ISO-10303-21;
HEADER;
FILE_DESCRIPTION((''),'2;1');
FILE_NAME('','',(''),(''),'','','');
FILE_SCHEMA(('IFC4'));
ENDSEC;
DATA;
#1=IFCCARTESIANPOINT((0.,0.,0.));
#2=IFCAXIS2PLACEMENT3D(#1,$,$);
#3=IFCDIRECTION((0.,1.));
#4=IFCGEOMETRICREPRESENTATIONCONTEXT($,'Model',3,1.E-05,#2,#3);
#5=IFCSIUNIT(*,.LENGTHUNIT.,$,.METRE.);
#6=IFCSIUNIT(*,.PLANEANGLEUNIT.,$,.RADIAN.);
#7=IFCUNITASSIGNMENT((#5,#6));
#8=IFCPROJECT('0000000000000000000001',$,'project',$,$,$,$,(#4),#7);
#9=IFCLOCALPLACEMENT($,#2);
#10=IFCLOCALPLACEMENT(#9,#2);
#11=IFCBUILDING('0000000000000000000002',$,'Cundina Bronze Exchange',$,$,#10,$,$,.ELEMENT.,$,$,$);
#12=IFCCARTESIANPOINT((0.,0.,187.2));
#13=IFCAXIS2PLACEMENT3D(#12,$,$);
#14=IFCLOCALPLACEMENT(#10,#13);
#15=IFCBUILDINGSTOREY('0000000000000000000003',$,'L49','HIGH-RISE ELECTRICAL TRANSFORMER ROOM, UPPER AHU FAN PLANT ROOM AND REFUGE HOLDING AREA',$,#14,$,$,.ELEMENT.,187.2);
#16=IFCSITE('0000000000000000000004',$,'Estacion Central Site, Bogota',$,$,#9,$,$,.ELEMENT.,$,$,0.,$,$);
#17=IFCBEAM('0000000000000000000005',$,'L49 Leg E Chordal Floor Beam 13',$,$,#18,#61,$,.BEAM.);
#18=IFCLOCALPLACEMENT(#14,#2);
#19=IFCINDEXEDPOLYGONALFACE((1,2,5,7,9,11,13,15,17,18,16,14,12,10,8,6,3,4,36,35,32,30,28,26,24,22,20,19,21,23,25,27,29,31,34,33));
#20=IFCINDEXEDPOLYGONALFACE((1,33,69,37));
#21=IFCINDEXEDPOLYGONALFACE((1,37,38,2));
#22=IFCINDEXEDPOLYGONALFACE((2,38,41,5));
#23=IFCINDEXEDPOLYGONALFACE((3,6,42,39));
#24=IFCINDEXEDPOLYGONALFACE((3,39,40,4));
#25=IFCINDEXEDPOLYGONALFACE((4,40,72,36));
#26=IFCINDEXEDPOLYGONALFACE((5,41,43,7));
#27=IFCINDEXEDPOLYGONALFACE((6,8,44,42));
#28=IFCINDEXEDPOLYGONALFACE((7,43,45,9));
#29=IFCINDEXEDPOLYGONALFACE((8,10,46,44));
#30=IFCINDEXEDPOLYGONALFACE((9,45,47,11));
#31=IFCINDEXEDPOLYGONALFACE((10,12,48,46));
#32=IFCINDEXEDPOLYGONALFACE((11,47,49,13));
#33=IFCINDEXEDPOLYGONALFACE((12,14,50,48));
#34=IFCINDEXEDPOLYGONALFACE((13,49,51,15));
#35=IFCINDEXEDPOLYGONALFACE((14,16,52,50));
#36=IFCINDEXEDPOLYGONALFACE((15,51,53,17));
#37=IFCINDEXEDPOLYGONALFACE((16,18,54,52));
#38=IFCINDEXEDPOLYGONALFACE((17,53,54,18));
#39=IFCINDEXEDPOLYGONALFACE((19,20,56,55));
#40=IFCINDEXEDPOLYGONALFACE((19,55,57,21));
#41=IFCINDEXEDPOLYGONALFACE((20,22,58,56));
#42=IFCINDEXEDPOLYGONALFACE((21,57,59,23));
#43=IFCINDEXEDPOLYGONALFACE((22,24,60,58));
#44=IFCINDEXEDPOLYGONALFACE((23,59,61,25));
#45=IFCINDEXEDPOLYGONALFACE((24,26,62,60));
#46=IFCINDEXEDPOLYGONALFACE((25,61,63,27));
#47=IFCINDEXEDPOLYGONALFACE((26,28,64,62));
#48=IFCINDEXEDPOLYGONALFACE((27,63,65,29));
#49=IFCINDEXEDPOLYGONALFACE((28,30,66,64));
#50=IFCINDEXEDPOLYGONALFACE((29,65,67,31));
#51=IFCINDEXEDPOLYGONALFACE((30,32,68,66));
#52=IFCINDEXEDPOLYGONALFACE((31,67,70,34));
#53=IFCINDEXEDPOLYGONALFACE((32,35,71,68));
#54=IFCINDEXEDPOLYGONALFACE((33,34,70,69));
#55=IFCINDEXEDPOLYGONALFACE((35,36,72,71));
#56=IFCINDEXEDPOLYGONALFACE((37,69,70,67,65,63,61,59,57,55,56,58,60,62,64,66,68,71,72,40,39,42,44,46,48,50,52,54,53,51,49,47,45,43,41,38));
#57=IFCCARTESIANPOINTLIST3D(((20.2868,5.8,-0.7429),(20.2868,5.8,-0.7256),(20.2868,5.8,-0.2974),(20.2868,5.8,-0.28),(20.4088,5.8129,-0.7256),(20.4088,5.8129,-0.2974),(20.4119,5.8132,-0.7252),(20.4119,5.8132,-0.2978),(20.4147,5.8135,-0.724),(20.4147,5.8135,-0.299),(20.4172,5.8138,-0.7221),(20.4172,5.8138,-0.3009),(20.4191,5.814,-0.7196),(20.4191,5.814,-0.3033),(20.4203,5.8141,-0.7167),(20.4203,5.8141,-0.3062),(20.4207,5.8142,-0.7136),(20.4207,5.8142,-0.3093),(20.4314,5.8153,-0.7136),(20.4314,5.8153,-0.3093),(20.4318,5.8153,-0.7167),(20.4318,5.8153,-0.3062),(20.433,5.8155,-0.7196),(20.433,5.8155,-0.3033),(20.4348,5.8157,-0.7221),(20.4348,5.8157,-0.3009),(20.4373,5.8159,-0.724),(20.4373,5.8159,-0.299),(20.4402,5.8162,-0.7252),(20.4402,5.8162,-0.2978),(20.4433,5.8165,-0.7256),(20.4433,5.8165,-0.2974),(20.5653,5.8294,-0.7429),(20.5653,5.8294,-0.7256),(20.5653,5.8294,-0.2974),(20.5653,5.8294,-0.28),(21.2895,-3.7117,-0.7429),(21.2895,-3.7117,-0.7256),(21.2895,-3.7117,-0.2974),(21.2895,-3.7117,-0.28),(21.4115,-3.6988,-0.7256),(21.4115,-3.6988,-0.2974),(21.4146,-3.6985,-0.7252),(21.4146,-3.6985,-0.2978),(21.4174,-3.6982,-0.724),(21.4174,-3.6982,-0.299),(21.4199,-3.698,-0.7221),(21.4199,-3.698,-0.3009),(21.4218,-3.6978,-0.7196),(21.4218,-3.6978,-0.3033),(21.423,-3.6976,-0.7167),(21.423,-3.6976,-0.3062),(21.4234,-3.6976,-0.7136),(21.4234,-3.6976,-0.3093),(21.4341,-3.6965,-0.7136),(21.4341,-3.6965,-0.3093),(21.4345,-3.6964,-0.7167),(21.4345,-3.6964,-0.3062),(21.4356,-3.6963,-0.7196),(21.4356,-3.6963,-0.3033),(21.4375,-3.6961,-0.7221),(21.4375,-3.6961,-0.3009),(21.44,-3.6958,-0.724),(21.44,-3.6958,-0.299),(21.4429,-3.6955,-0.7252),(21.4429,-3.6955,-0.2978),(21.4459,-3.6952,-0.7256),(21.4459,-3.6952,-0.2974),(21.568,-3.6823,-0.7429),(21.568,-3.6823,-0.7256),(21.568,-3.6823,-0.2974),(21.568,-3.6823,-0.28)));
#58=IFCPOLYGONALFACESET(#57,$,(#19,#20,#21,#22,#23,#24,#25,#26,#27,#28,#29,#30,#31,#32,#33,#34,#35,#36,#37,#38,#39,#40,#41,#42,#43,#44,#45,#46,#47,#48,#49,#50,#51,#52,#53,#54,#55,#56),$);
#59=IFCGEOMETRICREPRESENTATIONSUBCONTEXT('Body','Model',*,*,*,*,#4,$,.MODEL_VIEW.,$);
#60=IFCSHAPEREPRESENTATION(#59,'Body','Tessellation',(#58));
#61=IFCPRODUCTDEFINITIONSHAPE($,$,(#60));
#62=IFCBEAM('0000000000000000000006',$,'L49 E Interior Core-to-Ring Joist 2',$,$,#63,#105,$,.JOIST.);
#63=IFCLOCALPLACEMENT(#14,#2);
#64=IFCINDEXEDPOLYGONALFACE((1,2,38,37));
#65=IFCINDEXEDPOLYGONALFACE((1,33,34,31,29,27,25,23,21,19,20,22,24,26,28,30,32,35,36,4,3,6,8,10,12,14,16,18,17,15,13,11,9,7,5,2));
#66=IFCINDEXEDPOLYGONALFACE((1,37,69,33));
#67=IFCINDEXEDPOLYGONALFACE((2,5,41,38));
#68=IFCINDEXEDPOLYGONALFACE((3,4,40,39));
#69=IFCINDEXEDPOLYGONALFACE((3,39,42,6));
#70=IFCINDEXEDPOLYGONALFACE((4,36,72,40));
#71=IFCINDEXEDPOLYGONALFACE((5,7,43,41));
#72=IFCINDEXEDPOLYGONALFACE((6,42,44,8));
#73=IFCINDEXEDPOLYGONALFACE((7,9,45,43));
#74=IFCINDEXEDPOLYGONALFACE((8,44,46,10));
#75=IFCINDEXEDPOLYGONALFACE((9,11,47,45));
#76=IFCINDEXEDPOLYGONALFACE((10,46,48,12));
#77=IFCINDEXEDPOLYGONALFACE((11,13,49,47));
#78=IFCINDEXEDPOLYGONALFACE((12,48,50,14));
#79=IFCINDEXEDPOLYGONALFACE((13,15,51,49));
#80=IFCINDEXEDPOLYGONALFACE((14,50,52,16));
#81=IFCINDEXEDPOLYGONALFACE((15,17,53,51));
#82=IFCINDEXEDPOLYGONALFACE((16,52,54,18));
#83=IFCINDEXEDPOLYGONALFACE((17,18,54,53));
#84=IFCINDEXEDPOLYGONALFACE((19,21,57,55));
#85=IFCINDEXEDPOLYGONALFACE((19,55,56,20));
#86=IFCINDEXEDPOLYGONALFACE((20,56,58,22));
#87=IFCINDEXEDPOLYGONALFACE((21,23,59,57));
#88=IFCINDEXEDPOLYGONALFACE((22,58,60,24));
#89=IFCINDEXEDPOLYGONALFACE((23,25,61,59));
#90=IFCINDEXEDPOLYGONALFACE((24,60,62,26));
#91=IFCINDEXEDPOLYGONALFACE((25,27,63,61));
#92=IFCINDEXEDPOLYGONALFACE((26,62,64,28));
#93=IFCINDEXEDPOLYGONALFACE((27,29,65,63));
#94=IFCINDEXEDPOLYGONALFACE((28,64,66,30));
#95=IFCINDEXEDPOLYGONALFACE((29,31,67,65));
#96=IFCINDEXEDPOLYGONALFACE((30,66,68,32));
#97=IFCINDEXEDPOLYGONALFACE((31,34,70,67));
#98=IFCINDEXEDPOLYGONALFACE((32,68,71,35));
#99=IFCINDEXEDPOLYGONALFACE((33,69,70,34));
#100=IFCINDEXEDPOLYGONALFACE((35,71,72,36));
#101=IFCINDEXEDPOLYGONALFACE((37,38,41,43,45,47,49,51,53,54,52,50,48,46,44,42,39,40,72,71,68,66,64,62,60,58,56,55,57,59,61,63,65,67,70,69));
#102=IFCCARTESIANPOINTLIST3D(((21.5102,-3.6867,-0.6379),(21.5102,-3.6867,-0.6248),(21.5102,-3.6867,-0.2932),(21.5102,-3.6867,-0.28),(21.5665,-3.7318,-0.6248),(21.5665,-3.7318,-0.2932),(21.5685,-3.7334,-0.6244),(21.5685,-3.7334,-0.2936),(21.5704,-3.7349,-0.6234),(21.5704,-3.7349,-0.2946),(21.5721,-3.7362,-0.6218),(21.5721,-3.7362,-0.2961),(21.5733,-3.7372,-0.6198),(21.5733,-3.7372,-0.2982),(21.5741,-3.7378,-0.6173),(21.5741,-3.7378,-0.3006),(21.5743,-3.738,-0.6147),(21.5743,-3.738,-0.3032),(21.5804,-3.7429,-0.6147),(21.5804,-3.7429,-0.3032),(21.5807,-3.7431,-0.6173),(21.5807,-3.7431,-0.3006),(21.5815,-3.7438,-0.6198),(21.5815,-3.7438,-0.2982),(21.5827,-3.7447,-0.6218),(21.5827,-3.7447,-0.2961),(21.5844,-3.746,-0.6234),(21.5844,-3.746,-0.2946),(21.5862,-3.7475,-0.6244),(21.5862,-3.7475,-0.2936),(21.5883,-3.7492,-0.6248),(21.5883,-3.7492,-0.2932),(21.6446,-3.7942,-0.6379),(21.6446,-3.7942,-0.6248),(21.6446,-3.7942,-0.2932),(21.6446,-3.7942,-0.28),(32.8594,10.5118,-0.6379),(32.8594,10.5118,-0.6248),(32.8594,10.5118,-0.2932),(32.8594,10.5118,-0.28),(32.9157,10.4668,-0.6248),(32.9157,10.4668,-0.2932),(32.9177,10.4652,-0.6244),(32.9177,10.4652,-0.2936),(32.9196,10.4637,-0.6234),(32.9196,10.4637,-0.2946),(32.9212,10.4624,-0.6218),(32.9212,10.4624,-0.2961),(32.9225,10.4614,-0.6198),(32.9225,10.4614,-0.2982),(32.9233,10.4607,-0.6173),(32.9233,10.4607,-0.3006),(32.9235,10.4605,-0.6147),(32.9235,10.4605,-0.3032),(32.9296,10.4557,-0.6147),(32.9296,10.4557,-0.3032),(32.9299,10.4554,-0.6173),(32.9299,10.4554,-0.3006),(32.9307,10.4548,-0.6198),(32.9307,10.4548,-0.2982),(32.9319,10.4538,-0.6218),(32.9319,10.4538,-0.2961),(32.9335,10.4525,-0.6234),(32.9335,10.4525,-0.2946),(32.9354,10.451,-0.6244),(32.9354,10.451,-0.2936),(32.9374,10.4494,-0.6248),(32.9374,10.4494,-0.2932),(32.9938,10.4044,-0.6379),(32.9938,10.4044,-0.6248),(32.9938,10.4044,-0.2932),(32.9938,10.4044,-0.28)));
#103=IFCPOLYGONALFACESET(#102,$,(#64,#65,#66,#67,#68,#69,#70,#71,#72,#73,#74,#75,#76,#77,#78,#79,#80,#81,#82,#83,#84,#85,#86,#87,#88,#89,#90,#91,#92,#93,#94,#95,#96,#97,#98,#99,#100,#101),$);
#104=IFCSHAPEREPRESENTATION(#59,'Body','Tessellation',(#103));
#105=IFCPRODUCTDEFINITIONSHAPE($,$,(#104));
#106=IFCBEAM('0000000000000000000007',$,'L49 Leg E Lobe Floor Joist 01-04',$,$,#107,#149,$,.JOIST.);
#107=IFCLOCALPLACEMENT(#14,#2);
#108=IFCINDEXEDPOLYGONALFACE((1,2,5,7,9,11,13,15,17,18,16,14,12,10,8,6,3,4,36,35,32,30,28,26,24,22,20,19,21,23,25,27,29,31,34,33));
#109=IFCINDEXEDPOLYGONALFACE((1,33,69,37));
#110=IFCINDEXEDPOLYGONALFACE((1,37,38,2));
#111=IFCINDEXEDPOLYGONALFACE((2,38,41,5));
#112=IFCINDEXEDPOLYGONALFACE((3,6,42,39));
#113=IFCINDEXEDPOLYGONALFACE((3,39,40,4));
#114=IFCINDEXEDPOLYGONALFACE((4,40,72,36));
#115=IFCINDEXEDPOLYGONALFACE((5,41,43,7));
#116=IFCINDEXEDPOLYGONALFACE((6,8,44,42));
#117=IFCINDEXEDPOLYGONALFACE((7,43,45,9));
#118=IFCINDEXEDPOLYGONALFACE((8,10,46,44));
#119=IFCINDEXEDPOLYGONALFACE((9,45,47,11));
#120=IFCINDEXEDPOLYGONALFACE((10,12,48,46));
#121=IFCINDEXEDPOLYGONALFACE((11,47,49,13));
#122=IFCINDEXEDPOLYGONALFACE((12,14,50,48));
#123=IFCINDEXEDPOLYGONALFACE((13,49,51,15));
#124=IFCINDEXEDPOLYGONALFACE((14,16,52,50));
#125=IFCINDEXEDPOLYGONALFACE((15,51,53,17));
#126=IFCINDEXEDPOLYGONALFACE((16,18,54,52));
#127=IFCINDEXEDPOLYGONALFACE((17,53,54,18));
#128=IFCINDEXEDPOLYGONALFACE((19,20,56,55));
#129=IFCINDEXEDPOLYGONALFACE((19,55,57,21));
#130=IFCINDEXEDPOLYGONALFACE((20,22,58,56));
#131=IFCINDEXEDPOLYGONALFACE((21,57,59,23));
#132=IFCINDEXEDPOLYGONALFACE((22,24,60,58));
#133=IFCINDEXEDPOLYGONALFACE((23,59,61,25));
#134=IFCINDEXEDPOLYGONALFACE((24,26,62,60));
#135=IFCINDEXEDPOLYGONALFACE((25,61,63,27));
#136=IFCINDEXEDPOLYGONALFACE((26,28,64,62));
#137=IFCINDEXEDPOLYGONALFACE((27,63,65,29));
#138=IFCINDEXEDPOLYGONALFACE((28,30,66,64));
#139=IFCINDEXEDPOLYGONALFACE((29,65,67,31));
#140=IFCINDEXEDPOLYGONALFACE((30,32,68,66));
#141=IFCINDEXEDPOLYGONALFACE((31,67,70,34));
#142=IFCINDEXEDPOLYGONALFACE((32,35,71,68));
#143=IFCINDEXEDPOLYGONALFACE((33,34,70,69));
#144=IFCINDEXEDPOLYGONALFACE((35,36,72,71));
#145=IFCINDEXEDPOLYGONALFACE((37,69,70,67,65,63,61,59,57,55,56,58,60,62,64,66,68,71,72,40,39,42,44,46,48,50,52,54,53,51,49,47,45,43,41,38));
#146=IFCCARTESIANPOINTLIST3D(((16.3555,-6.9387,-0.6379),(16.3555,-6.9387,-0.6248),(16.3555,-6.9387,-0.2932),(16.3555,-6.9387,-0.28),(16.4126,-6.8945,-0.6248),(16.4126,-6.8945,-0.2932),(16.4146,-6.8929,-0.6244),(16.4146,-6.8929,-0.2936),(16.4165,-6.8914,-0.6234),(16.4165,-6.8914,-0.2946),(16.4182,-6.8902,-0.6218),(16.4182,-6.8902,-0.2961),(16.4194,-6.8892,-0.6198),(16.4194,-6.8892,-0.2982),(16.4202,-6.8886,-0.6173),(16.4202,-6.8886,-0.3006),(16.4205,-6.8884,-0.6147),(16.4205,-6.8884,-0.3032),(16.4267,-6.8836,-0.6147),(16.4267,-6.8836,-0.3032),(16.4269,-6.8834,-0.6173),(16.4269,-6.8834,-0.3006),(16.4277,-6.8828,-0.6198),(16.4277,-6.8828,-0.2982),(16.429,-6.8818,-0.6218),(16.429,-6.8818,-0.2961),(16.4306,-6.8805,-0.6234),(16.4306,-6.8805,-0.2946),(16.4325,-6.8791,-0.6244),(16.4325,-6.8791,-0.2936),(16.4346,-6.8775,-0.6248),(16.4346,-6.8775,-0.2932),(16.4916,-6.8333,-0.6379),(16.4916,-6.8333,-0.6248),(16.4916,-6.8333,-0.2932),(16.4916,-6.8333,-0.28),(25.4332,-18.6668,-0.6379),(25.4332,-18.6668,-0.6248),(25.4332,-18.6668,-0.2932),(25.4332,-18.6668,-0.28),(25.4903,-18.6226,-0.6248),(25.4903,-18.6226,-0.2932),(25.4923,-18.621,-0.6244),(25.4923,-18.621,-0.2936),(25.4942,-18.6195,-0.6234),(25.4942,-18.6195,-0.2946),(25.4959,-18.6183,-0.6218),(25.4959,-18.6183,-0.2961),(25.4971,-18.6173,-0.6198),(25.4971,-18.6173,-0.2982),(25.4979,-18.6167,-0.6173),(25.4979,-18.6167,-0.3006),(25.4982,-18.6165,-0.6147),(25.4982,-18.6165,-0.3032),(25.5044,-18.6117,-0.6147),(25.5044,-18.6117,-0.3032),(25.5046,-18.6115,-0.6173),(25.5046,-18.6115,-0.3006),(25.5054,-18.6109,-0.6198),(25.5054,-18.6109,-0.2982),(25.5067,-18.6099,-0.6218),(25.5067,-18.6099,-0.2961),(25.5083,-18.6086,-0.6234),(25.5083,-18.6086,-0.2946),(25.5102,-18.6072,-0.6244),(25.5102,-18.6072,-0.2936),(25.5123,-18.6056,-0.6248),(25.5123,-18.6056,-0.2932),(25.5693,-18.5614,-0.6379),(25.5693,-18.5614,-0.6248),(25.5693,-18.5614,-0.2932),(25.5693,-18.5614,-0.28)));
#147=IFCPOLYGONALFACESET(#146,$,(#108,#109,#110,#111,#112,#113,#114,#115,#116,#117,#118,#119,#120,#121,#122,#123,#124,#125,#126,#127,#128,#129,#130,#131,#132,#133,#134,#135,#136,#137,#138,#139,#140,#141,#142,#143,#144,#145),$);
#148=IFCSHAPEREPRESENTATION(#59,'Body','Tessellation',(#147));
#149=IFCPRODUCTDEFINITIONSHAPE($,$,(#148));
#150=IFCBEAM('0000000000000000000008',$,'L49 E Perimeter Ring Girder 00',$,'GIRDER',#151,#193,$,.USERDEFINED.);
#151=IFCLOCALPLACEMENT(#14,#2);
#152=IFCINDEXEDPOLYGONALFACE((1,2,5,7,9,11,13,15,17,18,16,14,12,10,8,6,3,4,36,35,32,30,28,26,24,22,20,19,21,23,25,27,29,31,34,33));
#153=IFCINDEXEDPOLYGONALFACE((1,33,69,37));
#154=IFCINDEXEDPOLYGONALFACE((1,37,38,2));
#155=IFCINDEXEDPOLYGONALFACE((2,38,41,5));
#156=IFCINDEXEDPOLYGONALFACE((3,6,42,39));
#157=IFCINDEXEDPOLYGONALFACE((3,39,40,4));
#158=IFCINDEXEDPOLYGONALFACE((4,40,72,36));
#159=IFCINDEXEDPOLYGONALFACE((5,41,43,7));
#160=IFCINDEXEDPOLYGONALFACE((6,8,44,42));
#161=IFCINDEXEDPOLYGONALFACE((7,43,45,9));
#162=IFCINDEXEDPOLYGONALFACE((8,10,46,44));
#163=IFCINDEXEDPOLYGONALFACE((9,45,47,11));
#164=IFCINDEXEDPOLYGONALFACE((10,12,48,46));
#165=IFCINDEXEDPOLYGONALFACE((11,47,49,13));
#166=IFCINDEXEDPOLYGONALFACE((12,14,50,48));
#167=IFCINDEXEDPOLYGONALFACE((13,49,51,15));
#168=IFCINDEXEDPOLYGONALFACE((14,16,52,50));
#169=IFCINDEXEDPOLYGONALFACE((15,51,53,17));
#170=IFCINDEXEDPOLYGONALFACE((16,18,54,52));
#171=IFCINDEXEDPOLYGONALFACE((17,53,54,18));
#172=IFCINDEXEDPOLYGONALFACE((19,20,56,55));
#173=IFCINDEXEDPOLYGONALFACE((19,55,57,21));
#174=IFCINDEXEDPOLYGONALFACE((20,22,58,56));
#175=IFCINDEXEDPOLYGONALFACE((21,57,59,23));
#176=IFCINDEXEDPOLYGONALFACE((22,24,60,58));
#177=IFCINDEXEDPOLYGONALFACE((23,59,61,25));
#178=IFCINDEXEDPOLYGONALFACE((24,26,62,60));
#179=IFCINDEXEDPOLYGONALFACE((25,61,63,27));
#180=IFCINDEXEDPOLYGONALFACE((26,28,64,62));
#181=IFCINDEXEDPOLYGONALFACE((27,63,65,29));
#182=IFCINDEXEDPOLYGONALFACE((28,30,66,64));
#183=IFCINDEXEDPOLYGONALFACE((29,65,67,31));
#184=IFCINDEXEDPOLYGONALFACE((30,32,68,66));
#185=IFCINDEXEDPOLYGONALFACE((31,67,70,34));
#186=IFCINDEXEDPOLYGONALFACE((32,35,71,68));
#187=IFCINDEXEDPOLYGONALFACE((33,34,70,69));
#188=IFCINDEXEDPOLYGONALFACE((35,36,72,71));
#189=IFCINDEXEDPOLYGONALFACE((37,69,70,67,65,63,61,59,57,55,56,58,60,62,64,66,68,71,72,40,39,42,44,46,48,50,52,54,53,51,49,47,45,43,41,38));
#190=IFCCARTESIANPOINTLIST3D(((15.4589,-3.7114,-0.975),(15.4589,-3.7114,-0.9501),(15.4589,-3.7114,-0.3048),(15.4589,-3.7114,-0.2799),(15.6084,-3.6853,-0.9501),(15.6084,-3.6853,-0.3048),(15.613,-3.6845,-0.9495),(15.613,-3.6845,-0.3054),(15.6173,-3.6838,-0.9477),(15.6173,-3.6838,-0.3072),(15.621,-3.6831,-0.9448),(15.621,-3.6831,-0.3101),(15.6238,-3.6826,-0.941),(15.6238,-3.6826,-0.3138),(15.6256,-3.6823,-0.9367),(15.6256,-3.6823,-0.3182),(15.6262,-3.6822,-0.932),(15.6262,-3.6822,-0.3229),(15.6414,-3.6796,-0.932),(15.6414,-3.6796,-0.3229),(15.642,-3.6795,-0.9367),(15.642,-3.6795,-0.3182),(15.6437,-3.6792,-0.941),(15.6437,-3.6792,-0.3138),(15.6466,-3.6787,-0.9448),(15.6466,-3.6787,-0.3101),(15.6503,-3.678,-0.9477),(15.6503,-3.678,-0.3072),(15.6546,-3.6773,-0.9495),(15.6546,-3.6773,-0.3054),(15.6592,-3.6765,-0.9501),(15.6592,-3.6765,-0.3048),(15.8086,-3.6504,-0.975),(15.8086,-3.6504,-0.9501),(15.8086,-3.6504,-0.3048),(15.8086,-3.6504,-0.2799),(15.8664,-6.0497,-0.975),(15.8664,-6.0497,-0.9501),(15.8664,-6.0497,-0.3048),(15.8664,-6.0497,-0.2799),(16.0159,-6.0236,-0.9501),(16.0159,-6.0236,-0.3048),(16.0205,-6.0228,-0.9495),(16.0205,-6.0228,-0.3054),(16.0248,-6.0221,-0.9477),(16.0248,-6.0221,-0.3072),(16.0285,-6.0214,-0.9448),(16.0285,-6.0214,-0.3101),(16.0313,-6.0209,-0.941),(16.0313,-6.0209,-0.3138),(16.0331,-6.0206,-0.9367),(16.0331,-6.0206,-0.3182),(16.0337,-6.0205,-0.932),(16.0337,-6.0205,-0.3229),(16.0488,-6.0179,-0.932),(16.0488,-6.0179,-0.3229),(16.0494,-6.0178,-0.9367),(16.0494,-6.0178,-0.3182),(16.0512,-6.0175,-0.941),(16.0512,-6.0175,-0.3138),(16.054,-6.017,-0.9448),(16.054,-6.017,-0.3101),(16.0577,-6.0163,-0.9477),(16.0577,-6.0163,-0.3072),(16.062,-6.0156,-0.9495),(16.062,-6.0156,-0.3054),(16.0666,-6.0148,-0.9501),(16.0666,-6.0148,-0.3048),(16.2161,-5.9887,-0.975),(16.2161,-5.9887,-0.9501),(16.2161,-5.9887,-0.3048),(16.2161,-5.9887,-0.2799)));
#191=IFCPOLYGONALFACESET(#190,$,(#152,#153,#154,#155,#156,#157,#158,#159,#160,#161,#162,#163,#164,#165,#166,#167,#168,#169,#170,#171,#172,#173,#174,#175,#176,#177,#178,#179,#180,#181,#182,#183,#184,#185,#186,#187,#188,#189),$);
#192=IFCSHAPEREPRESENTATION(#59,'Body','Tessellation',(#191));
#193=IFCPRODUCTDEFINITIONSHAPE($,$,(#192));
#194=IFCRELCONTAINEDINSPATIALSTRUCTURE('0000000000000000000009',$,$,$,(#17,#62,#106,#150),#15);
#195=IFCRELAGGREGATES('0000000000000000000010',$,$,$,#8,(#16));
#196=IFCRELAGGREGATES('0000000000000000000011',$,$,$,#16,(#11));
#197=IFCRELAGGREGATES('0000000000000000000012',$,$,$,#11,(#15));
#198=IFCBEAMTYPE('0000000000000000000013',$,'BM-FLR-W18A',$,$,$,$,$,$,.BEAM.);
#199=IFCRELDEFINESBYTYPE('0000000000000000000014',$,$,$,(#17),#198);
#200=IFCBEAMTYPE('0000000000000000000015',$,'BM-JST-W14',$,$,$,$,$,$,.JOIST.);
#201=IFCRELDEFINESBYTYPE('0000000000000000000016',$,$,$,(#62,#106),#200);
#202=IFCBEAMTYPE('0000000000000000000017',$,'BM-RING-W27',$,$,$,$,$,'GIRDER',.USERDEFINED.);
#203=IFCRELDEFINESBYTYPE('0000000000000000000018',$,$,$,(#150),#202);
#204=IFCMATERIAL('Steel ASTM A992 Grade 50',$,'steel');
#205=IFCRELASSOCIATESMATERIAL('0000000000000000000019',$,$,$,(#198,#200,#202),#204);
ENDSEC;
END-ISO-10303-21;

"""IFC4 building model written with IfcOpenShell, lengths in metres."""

from ifc_helpers import new_model, si_unit, direction, frame, origin, origin_2d, place, context, subcontext, project, spatial, i_section, extrude, material, material_profile, profile_set, type_object, element, save


model = new_model("IFC4")

# Units and contexts
model_context = context("Model", 3, precision=1e-05, world=origin(), true_north=direction((0.0, 1.0)))
body_context = subcontext(model_context, "Body", "Model", "MODEL_VIEW")
ifc_project = project(units=[si_unit("LENGTHUNIT", "METRE"), si_unit("PLANEANGLEUNIT", "RADIAN")], contexts=[model_context])

# Site, building, storey
site_placement = place(None, origin())
site = spatial("IfcSite", under=ifc_project, at=site_placement, Name="Estacion Central Site, Bogota", CompositionType="ELEMENT", RefElevation=0.0)
building_placement = place(site_placement, origin())
building = spatial("IfcBuilding", under=site, at=building_placement, Name="Cundina Bronze Exchange", CompositionType="ELEMENT")
storey_placement = place(building_placement, frame((0.0, 0.0, 187.2)))
storey = spatial("IfcBuildingStorey", under=building, at=storey_placement, Name="L49", Description="HIGH-RISE ELECTRICAL TRANSFORMER ROOM, UPPER AHU FAN PLANT ROOM AND REFUGE HOLDING AREA", CompositionType="ELEMENT", Elevation=187.2)

# Shared definitions
ifc_material_1 = material(Name="Steel ASTM A992 Grade 50", Category="steel")

# Beams
ifc_material_profile_1 = material_profile(ifc_material_1, i_section(OverallWidth=0.28, OverallDepth=0.4629, WebThickness=0.0107, FlangeThickness=0.0173, FilletRadius=0.012, at=origin_2d()), Name="W18X76", Category="steel")
ifc_profile_set_1 = profile_set([ifc_material_profile_1], Name="Steel ASTM A992 Grade 50")
beam_type_1 = type_object("IfcBeamType", Name="BM-FLR-W18A", PredefinedType="BEAM", material=ifc_profile_set_1)
beam_1_placement = place(storey_placement, frame((21.4287, -3.697, -0.5115), z_axis=(-0.104835, 0.99449, 0.0), x_axis=(-0.99449, -0.104835, 0.0)))
element("IfcBeam", 1, at=beam_1_placement, inside=storey, type_object=beam_type_1, Name="L49 Leg E Chordal Floor Beam 13", PredefinedType="BEAM", context=body_context, shape_type="SweptSolid", body=[
    extrude(i_section(OverallWidth=0.28, OverallDepth=0.4629, WebThickness=0.0107, FlangeThickness=0.0173, FilletRadius=0.012, at=origin_2d()), origin(), (0.0, 0.0, 1.0), 9.5645),
])
ifc_material_profile_2 = material_profile(ifc_material_1, i_section(OverallWidth=0.1721, OverallDepth=0.3579, WebThickness=0.0078, FlangeThickness=0.0132, FilletRadius=0.01, at=origin_2d()), Name="W14X38", Category="steel")
ifc_profile_set_2 = profile_set([ifc_material_profile_2], Name="Steel ASTM A992 Grade 50")
beam_type_2 = type_object("IfcBeamType", Name="BM-JST-W14", PredefinedType="JOIST", material=ifc_profile_set_2)
beam_2_placement = place(storey_placement, frame((21.5774, -3.7405, -0.459), z_axis=(0.624371, 0.781128, 0.0), x_axis=(-0.781128, 0.624371, 0.0)))
element("IfcBeam", 2, at=beam_2_placement, inside=storey, type_object=beam_type_2, Name="L49 E Interior Core-to-Ring Joist 2", PredefinedType="JOIST", context=body_context, shape_type="SweptSolid", body=[
    extrude(i_section(OverallWidth=0.1721, OverallDepth=0.3579, WebThickness=0.0078, FlangeThickness=0.0132, FilletRadius=0.01, at=origin_2d()), origin(), (0.0, 0.0, 1.0), 18.177),
])
beam_3_placement = place(storey_placement, frame((16.4236, -6.886, -0.459), z_axis=(0.612084, -0.790793, 0.0), x_axis=(0.790793, 0.612084, 0.0)))
element("IfcBeam", 3, at=beam_3_placement, inside=storey, type_object=beam_type_2, Name="L49 Leg E Lobe Floor Joist 01-04", PredefinedType="JOIST", context=body_context, shape_type="SweptSolid", body=[
    extrude(i_section(OverallWidth=0.1721, OverallDepth=0.3579, WebThickness=0.0078, FlangeThickness=0.0132, FilletRadius=0.01, at=origin_2d()), origin(), (0.0, 0.0, 1.0), 14.8308),
])
ifc_material_profile_3 = material_profile(ifc_material_1, i_section(OverallWidth=0.355, OverallDepth=0.6951, WebThickness=0.0154, FlangeThickness=0.0249, FilletRadius=0.0181, at=origin_2d()), Name="W27X146", Category="steel")
ifc_profile_set_3 = profile_set([ifc_material_profile_3], Name="Steel ASTM A992 Grade 50")
beam_type_3 = type_object("IfcBeamType", Name="BM-RING-W27", ElementType="GIRDER", PredefinedType="USERDEFINED", material=ifc_profile_set_3)
for number, where, z_axis, x_axis, name in (
    (4, (15.6338, -3.6809, -0.6274), (0.171667, -0.985155, 0.0), (0.985155, 0.171667, 0.0), "L49 E Perimeter Ring Girder 00"),
):
    element("IfcBeam", number, at=place(storey_placement, frame(where, z_axis=z_axis, x_axis=x_axis)), inside=storey, type_object=beam_type_3, Name=name, ObjectType="GIRDER", PredefinedType="USERDEFINED", context=body_context, shape_type="SweptSolid", body=[
        extrude(i_section(OverallWidth=0.355, OverallDepth=0.6951, WebThickness=0.0154, FlangeThickness=0.0249, FilletRadius=0.0181, at=origin_2d()), origin(), (0.0, 0.0, 1.0), 2.3735),
    ])

save(model, "model.ifc")
